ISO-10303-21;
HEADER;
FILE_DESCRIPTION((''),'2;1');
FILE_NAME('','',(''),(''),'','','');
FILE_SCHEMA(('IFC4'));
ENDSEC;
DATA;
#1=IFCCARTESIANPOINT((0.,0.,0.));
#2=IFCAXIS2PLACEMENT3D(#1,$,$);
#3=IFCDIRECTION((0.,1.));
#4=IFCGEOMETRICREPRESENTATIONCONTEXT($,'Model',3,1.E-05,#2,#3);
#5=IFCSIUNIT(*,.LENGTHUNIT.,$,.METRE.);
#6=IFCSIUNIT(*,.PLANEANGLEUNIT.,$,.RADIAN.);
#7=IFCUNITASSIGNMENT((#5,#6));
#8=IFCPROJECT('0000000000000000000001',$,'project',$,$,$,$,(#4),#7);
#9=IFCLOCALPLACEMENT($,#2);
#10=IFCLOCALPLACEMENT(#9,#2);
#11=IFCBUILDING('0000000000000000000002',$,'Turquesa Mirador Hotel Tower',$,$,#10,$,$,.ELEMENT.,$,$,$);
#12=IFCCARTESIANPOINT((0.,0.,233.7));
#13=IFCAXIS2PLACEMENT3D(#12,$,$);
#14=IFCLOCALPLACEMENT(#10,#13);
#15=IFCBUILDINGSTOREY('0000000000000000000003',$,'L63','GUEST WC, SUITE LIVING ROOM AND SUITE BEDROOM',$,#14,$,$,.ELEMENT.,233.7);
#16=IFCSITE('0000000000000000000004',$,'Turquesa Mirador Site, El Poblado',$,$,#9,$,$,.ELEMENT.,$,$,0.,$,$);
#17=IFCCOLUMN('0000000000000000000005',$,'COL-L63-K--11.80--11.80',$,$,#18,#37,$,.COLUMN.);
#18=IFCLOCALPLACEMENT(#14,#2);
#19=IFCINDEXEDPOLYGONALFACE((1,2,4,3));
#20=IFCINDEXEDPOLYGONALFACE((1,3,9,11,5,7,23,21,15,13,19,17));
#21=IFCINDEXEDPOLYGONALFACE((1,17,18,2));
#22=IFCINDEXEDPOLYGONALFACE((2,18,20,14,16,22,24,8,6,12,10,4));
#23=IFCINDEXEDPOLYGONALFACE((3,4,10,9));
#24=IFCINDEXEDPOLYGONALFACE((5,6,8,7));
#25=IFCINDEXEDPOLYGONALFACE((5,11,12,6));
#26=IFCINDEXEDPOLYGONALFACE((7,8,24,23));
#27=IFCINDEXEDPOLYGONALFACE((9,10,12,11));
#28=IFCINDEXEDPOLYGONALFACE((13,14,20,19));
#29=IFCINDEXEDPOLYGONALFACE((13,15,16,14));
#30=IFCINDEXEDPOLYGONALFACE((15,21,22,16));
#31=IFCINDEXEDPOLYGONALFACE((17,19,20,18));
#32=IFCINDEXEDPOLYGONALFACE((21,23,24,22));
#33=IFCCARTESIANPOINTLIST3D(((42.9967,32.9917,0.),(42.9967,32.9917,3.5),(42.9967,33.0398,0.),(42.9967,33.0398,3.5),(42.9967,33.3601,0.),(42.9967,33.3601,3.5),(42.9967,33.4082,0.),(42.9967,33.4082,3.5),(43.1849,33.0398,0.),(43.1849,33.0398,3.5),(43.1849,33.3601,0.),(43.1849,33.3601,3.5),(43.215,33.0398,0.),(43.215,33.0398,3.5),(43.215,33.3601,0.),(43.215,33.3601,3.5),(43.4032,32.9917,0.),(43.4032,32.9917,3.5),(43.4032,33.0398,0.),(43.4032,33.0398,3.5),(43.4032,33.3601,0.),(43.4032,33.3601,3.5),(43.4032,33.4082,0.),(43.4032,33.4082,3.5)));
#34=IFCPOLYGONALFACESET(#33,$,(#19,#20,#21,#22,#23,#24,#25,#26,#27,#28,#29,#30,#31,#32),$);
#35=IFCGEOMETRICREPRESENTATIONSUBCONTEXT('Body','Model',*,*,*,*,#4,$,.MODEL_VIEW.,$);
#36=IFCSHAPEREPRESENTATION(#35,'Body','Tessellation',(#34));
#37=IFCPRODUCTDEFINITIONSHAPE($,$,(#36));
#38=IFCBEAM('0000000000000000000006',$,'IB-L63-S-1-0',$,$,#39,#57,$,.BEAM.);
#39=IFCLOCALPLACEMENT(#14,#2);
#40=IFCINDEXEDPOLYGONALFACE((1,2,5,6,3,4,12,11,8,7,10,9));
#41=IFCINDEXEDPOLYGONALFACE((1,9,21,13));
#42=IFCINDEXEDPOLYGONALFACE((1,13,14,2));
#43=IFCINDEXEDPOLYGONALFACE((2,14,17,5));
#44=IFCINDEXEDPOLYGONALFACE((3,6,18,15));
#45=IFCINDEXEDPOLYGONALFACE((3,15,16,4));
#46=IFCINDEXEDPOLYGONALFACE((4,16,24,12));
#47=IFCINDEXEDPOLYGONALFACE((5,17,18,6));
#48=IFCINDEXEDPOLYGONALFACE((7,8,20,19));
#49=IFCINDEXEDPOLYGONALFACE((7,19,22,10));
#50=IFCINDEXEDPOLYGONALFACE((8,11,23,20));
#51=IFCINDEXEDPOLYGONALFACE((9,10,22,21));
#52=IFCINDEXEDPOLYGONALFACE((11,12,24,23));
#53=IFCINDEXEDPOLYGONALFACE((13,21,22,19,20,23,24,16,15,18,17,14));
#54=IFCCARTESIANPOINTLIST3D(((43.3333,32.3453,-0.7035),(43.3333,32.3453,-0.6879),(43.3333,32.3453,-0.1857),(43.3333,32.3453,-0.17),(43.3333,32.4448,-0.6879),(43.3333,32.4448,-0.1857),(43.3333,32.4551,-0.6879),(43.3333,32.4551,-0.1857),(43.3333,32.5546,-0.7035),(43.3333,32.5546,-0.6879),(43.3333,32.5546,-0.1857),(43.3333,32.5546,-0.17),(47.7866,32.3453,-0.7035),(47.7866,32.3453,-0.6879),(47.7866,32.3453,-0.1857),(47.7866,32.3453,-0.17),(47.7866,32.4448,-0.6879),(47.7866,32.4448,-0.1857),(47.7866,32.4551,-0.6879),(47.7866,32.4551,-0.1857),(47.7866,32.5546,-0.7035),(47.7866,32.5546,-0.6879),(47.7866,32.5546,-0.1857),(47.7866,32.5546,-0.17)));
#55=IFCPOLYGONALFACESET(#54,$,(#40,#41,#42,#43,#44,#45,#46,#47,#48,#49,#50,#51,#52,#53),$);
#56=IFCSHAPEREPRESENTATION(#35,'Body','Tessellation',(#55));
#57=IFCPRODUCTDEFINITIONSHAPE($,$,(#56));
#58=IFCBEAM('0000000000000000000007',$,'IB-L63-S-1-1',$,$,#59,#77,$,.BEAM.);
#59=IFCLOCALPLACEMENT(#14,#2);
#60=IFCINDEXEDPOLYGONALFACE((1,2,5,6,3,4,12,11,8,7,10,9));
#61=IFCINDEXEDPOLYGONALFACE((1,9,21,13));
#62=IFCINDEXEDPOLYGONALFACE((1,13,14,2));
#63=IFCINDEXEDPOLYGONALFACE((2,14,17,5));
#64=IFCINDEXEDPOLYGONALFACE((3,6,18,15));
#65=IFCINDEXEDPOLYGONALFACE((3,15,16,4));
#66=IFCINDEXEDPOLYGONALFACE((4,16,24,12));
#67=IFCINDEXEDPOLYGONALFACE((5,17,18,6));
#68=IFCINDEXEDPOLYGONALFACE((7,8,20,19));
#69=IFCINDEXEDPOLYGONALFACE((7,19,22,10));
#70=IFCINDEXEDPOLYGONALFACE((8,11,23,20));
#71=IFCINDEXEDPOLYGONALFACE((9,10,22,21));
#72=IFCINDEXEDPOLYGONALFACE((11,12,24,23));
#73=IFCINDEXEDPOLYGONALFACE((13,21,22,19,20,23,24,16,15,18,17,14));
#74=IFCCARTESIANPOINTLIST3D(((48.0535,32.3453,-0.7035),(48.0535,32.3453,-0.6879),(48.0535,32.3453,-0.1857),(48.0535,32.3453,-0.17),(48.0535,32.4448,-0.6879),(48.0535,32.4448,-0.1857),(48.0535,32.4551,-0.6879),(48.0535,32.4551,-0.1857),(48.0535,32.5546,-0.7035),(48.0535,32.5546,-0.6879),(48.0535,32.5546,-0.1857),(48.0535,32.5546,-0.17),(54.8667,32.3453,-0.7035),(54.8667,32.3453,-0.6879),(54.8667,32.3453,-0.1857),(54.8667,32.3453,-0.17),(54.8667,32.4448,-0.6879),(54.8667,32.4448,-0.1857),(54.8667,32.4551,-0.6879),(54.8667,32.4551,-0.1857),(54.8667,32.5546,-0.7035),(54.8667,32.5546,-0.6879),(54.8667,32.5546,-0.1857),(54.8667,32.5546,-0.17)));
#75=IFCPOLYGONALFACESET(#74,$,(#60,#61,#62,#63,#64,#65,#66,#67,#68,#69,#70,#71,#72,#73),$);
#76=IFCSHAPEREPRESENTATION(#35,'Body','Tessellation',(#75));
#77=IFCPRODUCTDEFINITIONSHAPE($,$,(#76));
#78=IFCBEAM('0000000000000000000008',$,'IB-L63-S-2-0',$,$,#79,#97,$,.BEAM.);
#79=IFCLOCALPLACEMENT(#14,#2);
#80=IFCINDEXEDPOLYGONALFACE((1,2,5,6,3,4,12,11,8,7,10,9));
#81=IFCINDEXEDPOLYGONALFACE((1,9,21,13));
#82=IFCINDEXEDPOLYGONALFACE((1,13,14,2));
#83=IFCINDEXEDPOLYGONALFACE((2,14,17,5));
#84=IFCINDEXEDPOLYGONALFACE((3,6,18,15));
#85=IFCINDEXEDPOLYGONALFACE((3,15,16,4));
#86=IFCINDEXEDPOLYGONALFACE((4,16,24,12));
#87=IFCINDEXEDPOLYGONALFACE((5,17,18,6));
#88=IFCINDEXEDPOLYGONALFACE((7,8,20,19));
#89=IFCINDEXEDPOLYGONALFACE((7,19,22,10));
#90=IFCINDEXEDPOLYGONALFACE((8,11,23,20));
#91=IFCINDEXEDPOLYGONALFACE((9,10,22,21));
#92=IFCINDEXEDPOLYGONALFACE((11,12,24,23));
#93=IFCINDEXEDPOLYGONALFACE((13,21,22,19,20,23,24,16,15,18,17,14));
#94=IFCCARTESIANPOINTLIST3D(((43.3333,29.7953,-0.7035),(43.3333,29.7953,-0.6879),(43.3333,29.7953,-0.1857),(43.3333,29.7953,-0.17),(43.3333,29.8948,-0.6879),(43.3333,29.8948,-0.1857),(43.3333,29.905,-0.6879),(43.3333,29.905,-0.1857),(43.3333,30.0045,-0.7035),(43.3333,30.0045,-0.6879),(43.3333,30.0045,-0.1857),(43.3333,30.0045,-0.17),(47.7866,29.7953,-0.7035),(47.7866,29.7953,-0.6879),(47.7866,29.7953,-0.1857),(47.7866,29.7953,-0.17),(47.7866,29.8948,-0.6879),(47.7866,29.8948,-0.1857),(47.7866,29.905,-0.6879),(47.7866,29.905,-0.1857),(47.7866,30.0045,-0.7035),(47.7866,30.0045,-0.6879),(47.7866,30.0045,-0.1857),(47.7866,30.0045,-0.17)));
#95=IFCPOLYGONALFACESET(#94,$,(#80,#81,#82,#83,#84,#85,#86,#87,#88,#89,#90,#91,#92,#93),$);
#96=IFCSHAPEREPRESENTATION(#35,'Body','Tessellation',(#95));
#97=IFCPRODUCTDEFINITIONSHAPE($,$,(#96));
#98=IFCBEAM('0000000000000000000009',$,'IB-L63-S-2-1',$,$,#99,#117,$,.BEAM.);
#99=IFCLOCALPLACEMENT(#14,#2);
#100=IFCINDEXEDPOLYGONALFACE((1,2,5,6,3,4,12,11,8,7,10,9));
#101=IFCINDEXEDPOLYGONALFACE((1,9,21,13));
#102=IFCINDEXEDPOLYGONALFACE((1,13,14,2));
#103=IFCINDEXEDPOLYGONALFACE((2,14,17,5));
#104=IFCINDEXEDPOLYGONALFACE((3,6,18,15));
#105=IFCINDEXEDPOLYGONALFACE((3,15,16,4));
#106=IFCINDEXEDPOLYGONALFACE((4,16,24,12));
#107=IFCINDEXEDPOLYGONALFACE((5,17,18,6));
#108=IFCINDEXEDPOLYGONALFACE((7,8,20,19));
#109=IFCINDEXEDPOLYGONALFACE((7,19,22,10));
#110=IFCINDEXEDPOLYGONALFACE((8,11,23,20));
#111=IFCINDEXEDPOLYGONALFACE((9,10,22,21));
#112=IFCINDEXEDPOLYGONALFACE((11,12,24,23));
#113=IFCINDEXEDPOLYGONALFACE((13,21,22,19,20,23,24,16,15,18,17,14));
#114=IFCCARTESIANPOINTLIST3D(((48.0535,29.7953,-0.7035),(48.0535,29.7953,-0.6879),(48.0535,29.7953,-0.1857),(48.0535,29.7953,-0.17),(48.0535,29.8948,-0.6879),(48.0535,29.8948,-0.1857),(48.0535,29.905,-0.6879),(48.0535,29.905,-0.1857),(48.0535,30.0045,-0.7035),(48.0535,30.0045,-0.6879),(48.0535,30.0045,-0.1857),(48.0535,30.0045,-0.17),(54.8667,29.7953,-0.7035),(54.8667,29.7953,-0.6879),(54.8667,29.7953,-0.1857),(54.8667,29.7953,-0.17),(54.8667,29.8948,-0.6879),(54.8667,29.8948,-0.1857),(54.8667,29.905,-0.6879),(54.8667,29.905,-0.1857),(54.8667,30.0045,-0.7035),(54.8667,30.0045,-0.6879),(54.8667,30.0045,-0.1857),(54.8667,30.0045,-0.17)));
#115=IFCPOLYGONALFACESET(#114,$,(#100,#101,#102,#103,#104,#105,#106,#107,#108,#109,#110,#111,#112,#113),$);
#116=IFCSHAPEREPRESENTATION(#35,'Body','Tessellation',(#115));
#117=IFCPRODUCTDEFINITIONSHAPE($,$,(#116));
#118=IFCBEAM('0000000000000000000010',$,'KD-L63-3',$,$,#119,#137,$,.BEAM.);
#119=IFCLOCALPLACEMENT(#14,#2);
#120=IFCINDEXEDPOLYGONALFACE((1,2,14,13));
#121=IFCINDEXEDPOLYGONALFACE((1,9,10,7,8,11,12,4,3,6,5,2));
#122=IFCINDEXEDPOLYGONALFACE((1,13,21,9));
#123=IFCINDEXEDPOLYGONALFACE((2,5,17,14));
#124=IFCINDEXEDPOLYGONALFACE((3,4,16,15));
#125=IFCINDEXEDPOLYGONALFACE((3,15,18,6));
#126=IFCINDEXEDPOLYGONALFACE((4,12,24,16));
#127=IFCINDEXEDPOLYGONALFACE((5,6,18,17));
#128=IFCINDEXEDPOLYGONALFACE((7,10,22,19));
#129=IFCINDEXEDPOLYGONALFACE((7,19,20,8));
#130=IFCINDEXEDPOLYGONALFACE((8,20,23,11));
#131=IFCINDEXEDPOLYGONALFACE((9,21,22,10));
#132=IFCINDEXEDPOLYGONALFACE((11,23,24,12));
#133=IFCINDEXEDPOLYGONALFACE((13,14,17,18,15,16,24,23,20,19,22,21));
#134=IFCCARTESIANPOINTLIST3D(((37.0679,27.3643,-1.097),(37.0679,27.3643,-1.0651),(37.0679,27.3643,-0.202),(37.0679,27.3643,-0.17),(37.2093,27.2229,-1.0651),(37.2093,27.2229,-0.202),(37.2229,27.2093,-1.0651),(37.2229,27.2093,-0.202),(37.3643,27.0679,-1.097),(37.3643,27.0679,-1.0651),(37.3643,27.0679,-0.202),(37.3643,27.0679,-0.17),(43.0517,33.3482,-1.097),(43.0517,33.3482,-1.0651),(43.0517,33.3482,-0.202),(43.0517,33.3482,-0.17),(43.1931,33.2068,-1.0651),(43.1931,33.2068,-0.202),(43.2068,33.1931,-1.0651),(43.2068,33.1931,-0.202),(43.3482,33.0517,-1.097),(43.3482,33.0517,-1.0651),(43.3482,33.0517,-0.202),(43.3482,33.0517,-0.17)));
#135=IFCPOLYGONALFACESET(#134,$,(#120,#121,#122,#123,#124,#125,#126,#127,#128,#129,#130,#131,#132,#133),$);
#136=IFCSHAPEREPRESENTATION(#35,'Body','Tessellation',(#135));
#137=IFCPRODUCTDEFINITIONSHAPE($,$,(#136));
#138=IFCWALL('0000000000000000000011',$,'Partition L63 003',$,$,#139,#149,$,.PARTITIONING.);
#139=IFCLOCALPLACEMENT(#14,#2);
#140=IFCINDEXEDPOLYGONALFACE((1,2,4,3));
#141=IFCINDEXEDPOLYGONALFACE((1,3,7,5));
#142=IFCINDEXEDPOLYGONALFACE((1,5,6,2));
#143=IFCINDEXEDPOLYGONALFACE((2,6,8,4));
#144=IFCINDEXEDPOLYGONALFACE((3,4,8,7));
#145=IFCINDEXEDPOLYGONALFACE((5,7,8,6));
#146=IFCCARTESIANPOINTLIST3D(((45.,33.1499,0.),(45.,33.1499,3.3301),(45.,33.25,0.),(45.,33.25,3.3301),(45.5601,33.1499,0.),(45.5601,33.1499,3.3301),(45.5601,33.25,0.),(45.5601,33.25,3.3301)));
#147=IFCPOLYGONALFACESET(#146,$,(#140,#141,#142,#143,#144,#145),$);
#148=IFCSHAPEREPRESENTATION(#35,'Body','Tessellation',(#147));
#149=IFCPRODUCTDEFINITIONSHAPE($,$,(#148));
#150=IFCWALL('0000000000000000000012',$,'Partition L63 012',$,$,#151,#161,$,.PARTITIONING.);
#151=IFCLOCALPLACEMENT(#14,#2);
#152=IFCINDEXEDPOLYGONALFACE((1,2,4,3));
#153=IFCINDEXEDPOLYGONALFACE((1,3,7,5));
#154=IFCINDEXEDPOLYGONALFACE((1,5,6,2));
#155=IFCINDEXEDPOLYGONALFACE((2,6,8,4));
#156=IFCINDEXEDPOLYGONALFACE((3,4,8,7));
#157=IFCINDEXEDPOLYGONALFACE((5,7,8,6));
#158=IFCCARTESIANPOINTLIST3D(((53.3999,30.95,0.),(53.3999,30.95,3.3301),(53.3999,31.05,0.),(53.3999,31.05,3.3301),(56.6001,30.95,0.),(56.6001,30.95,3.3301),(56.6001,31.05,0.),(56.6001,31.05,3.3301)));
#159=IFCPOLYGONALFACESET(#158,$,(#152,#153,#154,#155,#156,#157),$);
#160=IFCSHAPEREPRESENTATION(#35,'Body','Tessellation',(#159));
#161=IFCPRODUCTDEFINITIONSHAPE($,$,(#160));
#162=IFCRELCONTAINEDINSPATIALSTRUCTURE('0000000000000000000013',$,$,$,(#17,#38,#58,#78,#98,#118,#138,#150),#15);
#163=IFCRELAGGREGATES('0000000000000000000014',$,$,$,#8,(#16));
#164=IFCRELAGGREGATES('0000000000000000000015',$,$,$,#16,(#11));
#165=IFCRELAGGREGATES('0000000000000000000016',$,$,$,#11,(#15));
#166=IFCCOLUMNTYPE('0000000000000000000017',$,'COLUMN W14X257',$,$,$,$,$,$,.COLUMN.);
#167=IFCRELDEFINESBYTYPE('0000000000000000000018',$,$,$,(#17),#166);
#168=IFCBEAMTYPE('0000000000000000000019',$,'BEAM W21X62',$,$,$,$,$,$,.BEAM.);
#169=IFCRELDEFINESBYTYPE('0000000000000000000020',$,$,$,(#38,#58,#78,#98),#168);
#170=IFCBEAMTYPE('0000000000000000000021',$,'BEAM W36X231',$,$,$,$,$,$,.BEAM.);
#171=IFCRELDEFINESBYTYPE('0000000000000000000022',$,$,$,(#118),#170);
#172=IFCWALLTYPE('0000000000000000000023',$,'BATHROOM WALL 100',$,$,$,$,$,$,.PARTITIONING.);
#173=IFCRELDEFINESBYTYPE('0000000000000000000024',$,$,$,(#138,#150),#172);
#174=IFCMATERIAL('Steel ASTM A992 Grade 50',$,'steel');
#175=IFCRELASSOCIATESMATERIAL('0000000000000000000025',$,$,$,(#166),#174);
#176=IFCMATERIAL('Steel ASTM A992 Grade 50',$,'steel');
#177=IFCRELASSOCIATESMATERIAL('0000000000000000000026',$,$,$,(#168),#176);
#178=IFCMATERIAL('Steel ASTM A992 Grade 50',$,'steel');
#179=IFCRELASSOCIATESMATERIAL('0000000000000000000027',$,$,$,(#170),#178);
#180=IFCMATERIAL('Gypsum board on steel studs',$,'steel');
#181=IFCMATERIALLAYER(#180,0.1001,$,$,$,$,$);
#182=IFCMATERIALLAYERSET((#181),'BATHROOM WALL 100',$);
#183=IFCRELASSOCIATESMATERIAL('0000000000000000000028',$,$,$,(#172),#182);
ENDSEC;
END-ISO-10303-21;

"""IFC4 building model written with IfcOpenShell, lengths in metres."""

from ifc_helpers import new_model, si_unit, direction, frame, frame_2d, origin, origin_2d, place, context, subcontext, project, spatial, rectangle, i_section, extrude, material, layer, layer_set, material_profile, profile_set, type_object, element, save


model = new_model("IFC4")

# Units and contexts
model_context = context("Model", 3, precision=1e-05, world=origin(), true_north=direction((0.0, 1.0)))
body_context = subcontext(model_context, "Body", "Model", "MODEL_VIEW")
ifc_project = project(units=[si_unit("LENGTHUNIT", "METRE"), si_unit("PLANEANGLEUNIT", "RADIAN")], contexts=[model_context])

# Site, building, storey
site_placement = place(None, origin())
site = spatial("IfcSite", under=ifc_project, at=site_placement, Name="Turquesa Mirador Site, El Poblado", CompositionType="ELEMENT", RefElevation=0.0)
building_placement = place(site_placement, origin())
building = spatial("IfcBuilding", under=site, at=building_placement, Name="Turquesa Mirador Hotel Tower", CompositionType="ELEMENT")
storey_placement = place(building_placement, frame((0.0, 0.0, 233.7)))
storey = spatial("IfcBuildingStorey", under=building, at=storey_placement, Name="L63", Description="GUEST WC, SUITE LIVING ROOM AND SUITE BEDROOM", CompositionType="ELEMENT", Elevation=233.7)

# Column
ifc_material_1 = material(Name="Steel ASTM A992 Grade 50", Category="steel")
ifc_material_profile_1 = material_profile(ifc_material_1, i_section(OverallWidth=0.4065, OverallDepth=0.4165, WebThickness=0.03, FlangeThickness=0.0481, at=origin_2d()), Name="W14X257")
ifc_profile_set_1 = profile_set([ifc_material_profile_1], Name="Steel ASTM A992 Grade 50")
column_type = type_object("IfcColumnType", Name="COLUMN W14X257", PredefinedType="COLUMN", material=ifc_profile_set_1)
column_placement = place(storey_placement, frame((43.2, 33.2, 0.0), z_axis=(0.0, 0.0, 1.0), x_axis=(1.0, 0.0, 0.0)))
element("IfcColumn", 1, at=column_placement, inside=storey, type_object=column_type, Name="COL-L63-K--11.80--11.80", PredefinedType="COLUMN", context=body_context, shape_type="SweptSolid", body=[
    extrude(i_section(OverallWidth=0.4065, OverallDepth=0.4165, WebThickness=0.03, FlangeThickness=0.0481, at=origin_2d()), origin(), (0.0, 0.0, 1.0), 3.5),
])

# Beams
ifc_material_2 = material(Name="Steel ASTM A992 Grade 50", Category="steel")
ifc_material_profile_2 = material_profile(ifc_material_2, i_section(OverallWidth=0.2092, OverallDepth=0.5334, WebThickness=0.0103, FlangeThickness=0.0156, at=origin_2d()), Name="W21X62")
ifc_profile_set_2 = profile_set([ifc_material_profile_2], Name="Steel ASTM A992 Grade 50")
beam_type_1 = type_object("IfcBeamType", Name="BEAM W21X62", PredefinedType="BEAM", material=ifc_profile_set_2)
beam_1_placement = place(storey_placement, frame((43.3333, 32.45, -0.4368), z_axis=(1.0, 0.0, 0.0), x_axis=(0.0, 1.0, 0.0)))
element("IfcBeam", 2, at=beam_1_placement, inside=storey, type_object=beam_type_1, Name="IB-L63-S-1-0", PredefinedType="BEAM", context=body_context, shape_type="SweptSolid", body=[
    extrude(i_section(OverallWidth=0.2092, OverallDepth=0.5334, WebThickness=0.0103, FlangeThickness=0.0156, at=origin_2d()), origin(), (0.0, 0.0, 1.0), 4.4534),
])
beam_2_placement = place(storey_placement, frame((48.0535, 32.45, -0.4368), z_axis=(1.0, 0.0, 0.0), x_axis=(0.0, 1.0, 0.0)))
element("IfcBeam", 3, at=beam_2_placement, inside=storey, type_object=beam_type_1, Name="IB-L63-S-1-1", PredefinedType="BEAM", context=body_context, shape_type="SweptSolid", body=[
    extrude(i_section(OverallWidth=0.2092, OverallDepth=0.5334, WebThickness=0.0103, FlangeThickness=0.0156, at=origin_2d()), origin(), (0.0, 0.0, 1.0), 6.8132),
])
beam_3_placement = place(storey_placement, frame((43.3333, 29.8999, -0.4368), z_axis=(1.0, 0.0, 0.0), x_axis=(0.0, 1.0, 0.0)))
element("IfcBeam", 4, at=beam_3_placement, inside=storey, type_object=beam_type_1, Name="IB-L63-S-2-0", PredefinedType="BEAM", context=body_context, shape_type="SweptSolid", body=[
    extrude(i_section(OverallWidth=0.2092, OverallDepth=0.5334, WebThickness=0.0103, FlangeThickness=0.0156, at=origin_2d()), origin(), (0.0, 0.0, 1.0), 4.4534),
])
beam_4_placement = place(storey_placement, frame((48.0535, 29.8999, -0.4368), z_axis=(1.0, 0.0, 0.0), x_axis=(0.0, 1.0, 0.0)))
element("IfcBeam", 5, at=beam_4_placement, inside=storey, type_object=beam_type_1, Name="IB-L63-S-2-1", PredefinedType="BEAM", context=body_context, shape_type="SweptSolid", body=[
    extrude(i_section(OverallWidth=0.2092, OverallDepth=0.5334, WebThickness=0.0103, FlangeThickness=0.0156, at=origin_2d()), origin(), (0.0, 0.0, 1.0), 6.8132),
])
ifc_material_3 = material(Name="Steel ASTM A992 Grade 50", Category="steel")
ifc_material_profile_3 = material_profile(ifc_material_3, i_section(OverallWidth=0.4192, OverallDepth=0.927, WebThickness=0.0193, FlangeThickness=0.032, at=origin_2d()), Name="W36X231")
ifc_profile_set_3 = profile_set([ifc_material_profile_3], Name="Steel ASTM A992 Grade 50")
beam_type_2 = type_object("IfcBeamType", Name="BEAM W36X231", PredefinedType="BEAM", material=ifc_profile_set_3)
beam_5_placement = place(storey_placement, frame((43.2, 33.2, -0.6335), z_axis=(-0.707107, -0.707107, 0.0), x_axis=(0.707107, -0.707107, 0.0)))
element("IfcBeam", 6, at=beam_5_placement, inside=storey, type_object=beam_type_2, Name="KD-L63-3", PredefinedType="BEAM", context=body_context, shape_type="SweptSolid", body=[
    extrude(i_section(OverallWidth=0.4192, OverallDepth=0.927, WebThickness=0.0193, FlangeThickness=0.032, at=origin_2d()), origin(), (0.0, 0.0, 1.0), 8.4624),
])

# Walls
ifc_material_4 = material(Name="Gypsum board on steel studs", Category="steel")
ifc_layer_1 = layer(ifc_material_4, 0.1001)
ifc_layer_set_1 = layer_set([ifc_layer_1], Name="BATHROOM WALL 100")
wall_type_1 = type_object("IfcWallType", Name="BATHROOM WALL 100", PredefinedType="PARTITIONING", material=ifc_layer_set_1)
wall_1_placement = place(storey_placement, frame((45.0, 33.2, 0.0), z_axis=(0.0, 0.0, 1.0), x_axis=(1.0, 0.0, 0.0)))
element("IfcWall", 7, at=wall_1_placement, inside=storey, type_object=wall_type_1, Name="Partition L63 003", PredefinedType="PARTITIONING", context=body_context, shape_type="SweptSolid", body=[
    extrude(rectangle(XDim=0.5601, YDim=0.1001, at=frame_2d((0.28, 0.0))), origin(), (0.0, 0.0, 1.0), 3.3301),
])
wall_2_placement = place(storey_placement, frame((53.3999, 31.0, 0.0), z_axis=(0.0, 0.0, 1.0), x_axis=(1.0, 0.0, 0.0)))
element("IfcWall", 8, at=wall_2_placement, inside=storey, type_object=wall_type_1, Name="Partition L63 012", PredefinedType="PARTITIONING", context=body_context, shape_type="SweptSolid", body=[
    extrude(rectangle(XDim=3.2002, YDim=0.1001, at=frame_2d((1.6001, 0.0))), origin(), (0.0, 0.0, 1.0), 3.3301),
])

save(model, "model.ifc")
